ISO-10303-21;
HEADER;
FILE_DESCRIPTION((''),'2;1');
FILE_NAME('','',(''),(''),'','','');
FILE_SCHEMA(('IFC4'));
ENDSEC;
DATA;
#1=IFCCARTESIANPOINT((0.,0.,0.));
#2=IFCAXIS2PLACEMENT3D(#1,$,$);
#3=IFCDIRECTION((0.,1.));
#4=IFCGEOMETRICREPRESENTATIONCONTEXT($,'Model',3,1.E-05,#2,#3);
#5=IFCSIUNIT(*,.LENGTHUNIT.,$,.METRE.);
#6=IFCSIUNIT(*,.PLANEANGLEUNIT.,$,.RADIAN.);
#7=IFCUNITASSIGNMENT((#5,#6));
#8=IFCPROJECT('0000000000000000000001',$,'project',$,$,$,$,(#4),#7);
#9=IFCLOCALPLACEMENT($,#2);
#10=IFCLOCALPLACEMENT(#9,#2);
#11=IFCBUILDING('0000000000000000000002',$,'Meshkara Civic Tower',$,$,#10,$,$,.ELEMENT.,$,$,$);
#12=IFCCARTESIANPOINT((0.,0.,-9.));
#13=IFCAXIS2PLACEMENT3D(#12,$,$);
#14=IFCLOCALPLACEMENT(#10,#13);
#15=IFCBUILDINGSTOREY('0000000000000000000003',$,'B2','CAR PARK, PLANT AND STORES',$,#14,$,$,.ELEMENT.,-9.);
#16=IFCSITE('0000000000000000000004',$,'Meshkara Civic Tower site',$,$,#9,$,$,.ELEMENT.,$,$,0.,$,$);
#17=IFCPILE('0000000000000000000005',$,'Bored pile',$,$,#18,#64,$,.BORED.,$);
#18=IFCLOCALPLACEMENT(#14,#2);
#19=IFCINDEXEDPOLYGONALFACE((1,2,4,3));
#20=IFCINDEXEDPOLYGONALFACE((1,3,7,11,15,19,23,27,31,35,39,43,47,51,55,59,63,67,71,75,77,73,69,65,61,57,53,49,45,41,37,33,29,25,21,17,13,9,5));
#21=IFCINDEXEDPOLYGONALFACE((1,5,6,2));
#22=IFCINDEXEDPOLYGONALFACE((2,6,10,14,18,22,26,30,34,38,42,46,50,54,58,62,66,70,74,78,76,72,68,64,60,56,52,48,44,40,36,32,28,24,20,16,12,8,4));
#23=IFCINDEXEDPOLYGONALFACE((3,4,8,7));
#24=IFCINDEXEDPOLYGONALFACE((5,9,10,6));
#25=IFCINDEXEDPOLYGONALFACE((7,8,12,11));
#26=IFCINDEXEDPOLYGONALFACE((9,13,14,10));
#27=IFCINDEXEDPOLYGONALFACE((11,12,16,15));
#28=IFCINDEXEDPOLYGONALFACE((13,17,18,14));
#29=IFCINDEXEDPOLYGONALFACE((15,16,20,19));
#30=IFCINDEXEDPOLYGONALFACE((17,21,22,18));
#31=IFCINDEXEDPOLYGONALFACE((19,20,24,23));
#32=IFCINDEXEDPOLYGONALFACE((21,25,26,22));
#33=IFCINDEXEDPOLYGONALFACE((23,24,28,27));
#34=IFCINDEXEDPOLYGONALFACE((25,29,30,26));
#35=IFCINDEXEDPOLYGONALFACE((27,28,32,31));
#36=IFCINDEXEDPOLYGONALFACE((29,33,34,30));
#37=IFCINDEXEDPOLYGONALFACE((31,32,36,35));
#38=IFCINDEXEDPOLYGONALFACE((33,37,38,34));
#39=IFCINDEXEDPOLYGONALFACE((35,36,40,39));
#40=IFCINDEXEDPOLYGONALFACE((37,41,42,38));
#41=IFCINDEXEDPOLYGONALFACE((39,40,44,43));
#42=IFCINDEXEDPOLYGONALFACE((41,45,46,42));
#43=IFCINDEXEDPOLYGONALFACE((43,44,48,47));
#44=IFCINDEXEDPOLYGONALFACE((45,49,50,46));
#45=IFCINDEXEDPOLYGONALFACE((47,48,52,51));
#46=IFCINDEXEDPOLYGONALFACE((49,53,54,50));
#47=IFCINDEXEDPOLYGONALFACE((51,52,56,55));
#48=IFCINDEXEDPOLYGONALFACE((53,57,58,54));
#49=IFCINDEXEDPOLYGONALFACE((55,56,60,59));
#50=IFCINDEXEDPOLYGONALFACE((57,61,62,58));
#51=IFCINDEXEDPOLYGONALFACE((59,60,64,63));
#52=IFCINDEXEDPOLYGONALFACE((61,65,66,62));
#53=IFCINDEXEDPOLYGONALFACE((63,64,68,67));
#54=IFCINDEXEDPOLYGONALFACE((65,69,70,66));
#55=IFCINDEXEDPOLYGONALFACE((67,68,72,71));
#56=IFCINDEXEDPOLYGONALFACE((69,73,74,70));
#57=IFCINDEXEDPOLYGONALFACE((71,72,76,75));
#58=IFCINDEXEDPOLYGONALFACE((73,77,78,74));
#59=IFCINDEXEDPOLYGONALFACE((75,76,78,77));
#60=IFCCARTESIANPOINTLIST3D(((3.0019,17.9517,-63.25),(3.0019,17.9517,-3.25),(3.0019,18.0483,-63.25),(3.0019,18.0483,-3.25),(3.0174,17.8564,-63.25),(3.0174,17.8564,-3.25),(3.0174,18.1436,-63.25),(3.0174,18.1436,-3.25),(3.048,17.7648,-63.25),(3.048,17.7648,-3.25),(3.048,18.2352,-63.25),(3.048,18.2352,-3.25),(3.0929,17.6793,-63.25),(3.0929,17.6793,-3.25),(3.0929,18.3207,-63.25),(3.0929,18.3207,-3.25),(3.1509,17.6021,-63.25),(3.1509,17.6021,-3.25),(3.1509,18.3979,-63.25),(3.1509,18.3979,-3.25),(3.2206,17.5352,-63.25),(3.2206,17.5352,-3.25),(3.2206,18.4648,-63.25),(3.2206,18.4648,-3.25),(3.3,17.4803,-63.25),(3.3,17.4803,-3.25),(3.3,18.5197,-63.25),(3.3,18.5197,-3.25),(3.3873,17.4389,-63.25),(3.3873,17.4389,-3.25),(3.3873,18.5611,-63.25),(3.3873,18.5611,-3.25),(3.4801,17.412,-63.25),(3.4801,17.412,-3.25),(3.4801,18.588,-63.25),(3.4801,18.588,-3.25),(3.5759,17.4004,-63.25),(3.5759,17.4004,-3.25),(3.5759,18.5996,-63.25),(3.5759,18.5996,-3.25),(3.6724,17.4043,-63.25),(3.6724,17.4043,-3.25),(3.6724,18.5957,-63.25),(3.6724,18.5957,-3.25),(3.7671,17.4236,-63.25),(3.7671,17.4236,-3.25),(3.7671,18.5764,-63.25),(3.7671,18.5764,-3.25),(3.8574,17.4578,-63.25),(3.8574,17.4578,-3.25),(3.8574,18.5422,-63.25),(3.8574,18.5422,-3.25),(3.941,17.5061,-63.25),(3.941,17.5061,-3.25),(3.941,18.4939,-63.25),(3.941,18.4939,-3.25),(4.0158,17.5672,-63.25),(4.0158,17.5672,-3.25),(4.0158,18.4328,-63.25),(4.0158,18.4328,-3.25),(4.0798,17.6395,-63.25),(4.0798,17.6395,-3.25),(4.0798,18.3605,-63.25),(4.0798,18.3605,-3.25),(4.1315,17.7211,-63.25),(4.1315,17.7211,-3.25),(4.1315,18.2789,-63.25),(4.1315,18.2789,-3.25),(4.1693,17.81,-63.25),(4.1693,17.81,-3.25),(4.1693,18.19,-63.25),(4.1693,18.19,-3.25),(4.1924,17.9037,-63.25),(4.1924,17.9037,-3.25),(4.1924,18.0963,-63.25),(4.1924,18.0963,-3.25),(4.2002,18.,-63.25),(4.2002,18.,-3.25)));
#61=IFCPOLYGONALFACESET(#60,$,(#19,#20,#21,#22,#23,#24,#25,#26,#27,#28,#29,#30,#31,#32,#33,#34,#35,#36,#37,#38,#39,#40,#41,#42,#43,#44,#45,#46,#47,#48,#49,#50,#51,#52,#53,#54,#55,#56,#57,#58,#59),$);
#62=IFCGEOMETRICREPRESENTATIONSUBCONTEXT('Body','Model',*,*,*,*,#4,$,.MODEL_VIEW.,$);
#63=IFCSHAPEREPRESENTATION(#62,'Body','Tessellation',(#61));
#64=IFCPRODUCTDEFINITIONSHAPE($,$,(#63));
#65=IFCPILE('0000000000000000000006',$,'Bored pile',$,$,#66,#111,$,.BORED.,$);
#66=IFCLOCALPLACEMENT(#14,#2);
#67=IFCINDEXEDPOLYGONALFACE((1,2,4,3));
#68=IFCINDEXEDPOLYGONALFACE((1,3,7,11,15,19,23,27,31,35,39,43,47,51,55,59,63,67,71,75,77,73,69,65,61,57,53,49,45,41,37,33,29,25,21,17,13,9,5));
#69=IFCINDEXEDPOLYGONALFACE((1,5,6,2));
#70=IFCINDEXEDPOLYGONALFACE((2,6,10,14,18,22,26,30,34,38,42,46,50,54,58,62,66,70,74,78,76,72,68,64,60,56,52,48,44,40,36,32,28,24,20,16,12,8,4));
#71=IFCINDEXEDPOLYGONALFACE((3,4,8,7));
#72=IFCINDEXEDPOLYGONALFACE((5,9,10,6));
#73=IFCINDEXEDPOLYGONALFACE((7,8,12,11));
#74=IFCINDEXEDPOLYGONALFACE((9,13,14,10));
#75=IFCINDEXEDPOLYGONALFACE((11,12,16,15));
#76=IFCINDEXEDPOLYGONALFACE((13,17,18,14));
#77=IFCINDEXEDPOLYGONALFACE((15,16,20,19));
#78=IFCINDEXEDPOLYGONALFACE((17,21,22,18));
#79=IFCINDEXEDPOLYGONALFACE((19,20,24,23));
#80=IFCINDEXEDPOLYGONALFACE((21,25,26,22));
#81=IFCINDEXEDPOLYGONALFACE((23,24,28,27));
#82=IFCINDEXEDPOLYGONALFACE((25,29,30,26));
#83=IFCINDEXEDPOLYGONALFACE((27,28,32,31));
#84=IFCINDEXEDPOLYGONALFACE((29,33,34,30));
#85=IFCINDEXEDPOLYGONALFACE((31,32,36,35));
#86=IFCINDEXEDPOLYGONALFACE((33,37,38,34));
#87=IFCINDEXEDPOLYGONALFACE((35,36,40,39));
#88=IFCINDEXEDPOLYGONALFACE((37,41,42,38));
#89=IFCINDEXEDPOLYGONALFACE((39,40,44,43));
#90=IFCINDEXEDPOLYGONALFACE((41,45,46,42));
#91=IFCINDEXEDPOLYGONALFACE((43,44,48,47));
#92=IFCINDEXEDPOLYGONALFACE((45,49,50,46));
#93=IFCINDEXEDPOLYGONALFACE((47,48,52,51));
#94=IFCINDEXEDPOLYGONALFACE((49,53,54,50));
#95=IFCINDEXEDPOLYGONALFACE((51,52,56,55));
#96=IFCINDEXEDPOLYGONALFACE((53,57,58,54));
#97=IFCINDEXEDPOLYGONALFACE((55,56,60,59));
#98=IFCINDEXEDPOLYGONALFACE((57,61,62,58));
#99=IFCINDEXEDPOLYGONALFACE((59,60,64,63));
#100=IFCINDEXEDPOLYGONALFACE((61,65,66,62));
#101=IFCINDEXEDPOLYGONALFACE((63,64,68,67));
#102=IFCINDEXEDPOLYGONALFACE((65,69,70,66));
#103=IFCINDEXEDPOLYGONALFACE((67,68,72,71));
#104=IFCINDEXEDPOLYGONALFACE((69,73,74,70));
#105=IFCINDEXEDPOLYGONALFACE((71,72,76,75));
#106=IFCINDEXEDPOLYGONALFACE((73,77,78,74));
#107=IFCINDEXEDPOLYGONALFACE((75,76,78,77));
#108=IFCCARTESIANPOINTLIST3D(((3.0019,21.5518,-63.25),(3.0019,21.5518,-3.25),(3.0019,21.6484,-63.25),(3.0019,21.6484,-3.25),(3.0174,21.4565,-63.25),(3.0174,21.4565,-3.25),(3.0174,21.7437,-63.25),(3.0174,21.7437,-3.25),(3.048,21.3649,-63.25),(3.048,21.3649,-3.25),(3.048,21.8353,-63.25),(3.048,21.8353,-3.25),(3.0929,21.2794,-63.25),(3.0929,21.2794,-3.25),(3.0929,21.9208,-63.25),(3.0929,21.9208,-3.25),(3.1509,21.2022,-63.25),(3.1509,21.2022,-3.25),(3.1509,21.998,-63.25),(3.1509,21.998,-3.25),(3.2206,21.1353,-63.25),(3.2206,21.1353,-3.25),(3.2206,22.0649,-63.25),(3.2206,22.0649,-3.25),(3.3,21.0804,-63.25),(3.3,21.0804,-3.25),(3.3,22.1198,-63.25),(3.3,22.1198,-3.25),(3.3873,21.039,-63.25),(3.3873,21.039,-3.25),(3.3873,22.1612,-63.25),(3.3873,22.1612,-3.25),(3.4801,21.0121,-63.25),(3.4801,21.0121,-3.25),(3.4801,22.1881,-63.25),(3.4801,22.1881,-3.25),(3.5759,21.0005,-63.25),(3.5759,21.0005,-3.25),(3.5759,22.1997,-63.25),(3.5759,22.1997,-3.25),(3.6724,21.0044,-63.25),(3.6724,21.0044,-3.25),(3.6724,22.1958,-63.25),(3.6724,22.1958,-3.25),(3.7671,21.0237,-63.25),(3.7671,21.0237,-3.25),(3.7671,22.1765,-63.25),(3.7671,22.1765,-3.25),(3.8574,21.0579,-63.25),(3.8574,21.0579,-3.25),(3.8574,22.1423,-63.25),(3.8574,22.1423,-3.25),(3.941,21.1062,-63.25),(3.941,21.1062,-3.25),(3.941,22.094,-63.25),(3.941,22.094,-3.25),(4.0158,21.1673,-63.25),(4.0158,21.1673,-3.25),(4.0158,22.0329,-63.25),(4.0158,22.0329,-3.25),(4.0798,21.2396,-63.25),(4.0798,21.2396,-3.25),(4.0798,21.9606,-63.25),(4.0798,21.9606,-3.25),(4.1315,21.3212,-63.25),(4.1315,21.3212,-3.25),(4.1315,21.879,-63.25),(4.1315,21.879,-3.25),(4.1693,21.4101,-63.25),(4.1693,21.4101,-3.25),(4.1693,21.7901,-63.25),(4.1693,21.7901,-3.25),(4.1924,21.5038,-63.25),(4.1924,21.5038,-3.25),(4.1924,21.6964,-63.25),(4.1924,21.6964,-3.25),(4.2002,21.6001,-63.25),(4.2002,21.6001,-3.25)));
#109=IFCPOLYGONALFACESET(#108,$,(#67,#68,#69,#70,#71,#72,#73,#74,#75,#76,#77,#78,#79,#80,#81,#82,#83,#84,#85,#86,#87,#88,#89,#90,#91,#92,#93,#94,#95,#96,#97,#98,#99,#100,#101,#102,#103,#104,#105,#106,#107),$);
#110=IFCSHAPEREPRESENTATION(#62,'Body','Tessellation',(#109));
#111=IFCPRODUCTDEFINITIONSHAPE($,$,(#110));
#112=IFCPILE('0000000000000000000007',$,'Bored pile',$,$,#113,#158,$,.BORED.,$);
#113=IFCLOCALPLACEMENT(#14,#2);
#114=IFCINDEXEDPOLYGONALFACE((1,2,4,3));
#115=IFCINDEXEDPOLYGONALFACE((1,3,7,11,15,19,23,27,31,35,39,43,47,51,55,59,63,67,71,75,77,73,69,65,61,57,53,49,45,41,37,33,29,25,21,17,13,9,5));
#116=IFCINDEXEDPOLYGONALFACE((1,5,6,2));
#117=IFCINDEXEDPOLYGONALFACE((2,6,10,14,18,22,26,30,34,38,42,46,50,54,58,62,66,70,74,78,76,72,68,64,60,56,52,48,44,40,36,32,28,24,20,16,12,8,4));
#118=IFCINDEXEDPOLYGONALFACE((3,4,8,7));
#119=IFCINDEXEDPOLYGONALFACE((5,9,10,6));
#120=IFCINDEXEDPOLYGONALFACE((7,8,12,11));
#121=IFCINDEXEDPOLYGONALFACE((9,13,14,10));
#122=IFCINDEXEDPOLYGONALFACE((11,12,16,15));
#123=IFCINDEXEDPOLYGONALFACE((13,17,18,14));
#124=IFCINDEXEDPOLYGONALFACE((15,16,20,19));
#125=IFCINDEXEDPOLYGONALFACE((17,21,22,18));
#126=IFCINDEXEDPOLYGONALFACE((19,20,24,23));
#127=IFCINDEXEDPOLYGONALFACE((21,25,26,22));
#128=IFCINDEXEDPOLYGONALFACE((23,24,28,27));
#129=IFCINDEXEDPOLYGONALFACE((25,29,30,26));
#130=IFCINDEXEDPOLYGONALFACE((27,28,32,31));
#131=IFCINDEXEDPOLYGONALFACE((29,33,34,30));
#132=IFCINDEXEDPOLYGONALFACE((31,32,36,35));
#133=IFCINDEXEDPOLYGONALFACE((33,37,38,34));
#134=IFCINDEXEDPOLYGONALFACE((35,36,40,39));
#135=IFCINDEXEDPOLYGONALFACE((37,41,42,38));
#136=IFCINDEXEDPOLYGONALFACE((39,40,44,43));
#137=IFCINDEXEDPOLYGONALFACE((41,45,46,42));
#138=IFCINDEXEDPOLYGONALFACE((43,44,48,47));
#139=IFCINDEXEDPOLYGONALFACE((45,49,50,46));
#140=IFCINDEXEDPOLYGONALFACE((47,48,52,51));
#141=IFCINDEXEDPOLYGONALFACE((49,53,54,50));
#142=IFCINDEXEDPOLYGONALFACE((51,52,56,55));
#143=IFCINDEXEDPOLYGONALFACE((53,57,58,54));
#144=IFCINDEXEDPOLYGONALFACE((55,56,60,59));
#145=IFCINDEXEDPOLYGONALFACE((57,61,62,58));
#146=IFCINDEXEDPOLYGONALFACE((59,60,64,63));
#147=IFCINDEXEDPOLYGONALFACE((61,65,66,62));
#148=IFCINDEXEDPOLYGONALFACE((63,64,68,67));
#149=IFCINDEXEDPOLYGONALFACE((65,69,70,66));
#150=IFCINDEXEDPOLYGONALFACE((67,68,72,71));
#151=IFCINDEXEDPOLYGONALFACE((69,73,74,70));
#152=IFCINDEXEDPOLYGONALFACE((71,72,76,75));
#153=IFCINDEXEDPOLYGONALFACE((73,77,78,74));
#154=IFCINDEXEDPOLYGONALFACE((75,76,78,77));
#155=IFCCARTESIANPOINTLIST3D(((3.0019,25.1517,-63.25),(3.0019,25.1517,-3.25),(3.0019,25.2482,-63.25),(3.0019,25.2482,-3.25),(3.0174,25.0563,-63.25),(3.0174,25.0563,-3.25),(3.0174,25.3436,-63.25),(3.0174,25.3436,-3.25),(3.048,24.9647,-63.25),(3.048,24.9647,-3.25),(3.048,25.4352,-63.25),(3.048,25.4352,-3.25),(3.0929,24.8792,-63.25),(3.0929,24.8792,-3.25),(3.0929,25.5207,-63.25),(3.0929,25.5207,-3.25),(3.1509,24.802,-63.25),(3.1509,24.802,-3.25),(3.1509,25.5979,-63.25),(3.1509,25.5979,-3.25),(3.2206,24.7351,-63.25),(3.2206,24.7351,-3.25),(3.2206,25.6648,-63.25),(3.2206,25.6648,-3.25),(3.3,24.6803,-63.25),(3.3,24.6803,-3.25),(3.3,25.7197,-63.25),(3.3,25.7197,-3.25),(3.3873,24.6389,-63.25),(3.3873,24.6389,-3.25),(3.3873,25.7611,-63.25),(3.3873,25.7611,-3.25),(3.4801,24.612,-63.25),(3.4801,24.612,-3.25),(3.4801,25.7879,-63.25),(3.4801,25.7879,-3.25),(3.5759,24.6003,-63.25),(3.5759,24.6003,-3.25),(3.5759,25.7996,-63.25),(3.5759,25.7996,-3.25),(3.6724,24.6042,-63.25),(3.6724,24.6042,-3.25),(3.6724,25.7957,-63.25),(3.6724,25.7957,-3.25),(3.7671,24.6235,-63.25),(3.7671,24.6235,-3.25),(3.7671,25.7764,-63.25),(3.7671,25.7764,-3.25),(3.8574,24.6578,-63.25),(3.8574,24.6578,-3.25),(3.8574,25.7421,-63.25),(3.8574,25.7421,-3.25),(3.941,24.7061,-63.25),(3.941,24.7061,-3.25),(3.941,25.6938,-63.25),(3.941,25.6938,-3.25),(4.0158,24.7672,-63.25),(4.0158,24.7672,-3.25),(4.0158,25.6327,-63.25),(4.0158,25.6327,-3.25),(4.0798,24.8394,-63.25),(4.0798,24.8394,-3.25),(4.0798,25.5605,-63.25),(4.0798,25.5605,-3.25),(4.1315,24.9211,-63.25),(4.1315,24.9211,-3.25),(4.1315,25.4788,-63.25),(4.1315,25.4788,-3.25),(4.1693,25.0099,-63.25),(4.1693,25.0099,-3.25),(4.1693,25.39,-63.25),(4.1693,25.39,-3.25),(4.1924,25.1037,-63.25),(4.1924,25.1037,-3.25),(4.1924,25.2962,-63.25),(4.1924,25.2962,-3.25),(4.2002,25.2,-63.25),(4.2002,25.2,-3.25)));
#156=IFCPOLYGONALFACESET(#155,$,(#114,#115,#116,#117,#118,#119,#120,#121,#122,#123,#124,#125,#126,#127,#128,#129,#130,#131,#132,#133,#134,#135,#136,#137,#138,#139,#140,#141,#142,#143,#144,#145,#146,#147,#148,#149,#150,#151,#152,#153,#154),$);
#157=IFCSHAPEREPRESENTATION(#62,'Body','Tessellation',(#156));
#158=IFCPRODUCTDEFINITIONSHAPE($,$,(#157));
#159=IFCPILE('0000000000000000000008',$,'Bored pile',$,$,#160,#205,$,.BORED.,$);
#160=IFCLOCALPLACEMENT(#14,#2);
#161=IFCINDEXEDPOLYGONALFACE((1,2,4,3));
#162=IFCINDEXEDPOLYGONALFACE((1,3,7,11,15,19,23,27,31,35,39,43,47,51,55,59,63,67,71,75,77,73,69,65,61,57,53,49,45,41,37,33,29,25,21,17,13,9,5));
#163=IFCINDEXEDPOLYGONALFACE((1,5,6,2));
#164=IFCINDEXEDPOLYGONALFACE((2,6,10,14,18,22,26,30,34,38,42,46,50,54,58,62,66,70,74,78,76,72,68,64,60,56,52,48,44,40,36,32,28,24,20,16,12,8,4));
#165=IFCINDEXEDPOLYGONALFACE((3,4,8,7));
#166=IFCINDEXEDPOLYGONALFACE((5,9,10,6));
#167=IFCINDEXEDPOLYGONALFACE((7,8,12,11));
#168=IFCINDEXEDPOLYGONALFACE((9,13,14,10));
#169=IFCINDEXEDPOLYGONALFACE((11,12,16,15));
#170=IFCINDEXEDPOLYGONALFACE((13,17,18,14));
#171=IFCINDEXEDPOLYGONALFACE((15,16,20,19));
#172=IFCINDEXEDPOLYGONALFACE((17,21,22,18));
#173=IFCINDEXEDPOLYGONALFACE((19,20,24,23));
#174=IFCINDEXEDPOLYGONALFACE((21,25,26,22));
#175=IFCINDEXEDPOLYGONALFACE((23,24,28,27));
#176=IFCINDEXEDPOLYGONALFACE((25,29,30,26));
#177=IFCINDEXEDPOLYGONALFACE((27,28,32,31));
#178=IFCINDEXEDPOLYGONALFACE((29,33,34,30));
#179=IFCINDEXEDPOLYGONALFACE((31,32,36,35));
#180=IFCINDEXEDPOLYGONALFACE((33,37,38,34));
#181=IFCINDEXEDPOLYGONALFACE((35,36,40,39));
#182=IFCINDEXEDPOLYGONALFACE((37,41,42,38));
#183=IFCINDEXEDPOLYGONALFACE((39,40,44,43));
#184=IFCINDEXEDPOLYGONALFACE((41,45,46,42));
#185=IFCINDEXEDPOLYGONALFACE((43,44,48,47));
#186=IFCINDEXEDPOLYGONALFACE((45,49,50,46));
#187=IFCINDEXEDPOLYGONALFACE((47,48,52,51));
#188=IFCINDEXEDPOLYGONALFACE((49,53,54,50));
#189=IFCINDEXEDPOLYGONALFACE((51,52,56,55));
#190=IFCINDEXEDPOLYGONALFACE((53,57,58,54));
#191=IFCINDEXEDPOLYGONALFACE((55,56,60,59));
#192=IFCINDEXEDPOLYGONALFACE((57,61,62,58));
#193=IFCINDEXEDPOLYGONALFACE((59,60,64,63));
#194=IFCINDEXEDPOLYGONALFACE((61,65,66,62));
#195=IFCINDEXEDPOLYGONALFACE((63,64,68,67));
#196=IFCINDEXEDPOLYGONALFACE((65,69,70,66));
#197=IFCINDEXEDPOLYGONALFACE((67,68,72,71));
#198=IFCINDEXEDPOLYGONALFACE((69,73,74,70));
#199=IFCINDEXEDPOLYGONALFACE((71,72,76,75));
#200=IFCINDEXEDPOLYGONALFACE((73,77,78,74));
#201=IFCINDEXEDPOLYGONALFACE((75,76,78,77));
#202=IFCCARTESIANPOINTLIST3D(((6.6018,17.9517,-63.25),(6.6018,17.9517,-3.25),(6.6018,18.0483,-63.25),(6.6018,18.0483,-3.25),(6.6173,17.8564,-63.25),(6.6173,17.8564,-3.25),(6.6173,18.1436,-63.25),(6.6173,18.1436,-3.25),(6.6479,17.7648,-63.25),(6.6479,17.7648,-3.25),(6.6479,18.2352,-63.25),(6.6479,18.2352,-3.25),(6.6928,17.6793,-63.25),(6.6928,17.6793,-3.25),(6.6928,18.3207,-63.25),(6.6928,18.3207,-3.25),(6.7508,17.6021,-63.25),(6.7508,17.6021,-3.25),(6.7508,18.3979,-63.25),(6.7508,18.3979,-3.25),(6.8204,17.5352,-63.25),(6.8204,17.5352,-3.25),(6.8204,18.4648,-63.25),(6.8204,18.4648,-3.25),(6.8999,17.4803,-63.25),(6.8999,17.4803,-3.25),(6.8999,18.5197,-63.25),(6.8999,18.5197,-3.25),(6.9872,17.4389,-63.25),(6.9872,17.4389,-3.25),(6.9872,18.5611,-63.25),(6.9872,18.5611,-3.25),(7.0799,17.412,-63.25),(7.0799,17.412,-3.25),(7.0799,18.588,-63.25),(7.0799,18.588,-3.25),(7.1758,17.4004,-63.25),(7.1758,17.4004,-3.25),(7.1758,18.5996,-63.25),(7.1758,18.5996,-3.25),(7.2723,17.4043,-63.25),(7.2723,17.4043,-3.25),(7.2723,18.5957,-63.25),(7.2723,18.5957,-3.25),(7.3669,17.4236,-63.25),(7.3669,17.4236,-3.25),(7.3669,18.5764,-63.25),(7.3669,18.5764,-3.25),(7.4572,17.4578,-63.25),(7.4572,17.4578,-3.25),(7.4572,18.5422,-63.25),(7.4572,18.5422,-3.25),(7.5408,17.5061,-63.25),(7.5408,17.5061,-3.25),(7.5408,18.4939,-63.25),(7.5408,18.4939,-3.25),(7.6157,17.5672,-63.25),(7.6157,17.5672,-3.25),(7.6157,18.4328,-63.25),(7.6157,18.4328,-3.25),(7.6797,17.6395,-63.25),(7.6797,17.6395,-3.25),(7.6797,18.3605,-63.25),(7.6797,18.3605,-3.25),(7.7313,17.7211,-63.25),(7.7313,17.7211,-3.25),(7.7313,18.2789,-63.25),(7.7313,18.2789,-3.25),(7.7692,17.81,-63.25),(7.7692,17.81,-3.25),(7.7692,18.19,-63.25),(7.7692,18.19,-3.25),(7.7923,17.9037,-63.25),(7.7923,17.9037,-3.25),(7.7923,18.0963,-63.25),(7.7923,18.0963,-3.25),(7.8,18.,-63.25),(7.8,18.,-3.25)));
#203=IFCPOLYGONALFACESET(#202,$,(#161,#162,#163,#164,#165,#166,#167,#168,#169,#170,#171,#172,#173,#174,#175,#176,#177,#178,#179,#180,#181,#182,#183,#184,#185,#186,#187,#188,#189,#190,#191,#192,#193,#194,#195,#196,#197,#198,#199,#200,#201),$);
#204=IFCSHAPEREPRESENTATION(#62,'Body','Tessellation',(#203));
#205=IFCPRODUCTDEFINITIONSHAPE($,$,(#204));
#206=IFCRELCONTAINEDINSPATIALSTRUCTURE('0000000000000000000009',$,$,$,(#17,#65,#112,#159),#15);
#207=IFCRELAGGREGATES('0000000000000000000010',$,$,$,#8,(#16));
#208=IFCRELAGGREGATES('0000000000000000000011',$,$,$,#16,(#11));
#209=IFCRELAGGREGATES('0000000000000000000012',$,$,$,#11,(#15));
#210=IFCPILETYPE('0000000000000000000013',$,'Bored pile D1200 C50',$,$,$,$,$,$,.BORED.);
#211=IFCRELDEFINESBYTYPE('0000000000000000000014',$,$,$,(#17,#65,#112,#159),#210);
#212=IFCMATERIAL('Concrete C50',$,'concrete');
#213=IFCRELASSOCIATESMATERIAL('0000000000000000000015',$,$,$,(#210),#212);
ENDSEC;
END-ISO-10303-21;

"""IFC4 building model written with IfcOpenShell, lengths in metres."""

from ifc_helpers import new_model, si_unit, direction, frame, origin, origin_2d, place, context, subcontext, project, spatial, circle, extrude, material, material_profile, profile_set, type_object, element, save


model = new_model("IFC4")

# Units and contexts
model_context = context("Model", 3, precision=1e-05, world=origin(), true_north=direction((0.0, 1.0)))
body_context = subcontext(model_context, "Body", "Model", "MODEL_VIEW")
ifc_project = project(units=[si_unit("LENGTHUNIT", "METRE"), si_unit("PLANEANGLEUNIT", "RADIAN")], contexts=[model_context])

# Site, building, storey
site_placement = place(None, origin())
site = spatial("IfcSite", under=ifc_project, at=site_placement, Name="Meshkara Civic Tower site", CompositionType="ELEMENT", RefElevation=0.0)
building_placement = place(site_placement, origin())
building = spatial("IfcBuilding", under=site, at=building_placement, Name="Meshkara Civic Tower", CompositionType="ELEMENT")
storey_placement = place(building_placement, frame((0.0, 0.0, -9.0)))
storey = spatial("IfcBuildingStorey", under=building, at=storey_placement, Name="B2", Description="CAR PARK, PLANT AND STORES", CompositionType="ELEMENT", Elevation=-9.0)

# Piles
ifc_material_1 = material(Name="Concrete C50", Category="concrete")
ifc_material_profile = material_profile(ifc_material_1, circle(Radius=0.6001, at=origin_2d()))
ifc_profile_set = profile_set([ifc_material_profile], Name="Concrete C50")
pile_type = type_object("IfcPileType", Name="Bored pile D1200 C50", PredefinedType="BORED", material=ifc_profile_set)
for number, where, z_axis, x_axis, name in (
    (1, (3.6001, 18.0, -3.25), (0.0, 0.0, -1.0), (1.0, 0.0, 0.0), "Bored pile"),
    (2, (3.6001, 21.6001, -3.25), (0.0, 0.0, -1.0), (1.0, 0.0, 0.0), "Bored pile"),
    (3, (3.6001, 25.2, -3.25), (0.0, 0.0, -1.0), (1.0, 0.0, 0.0), "Bored pile"),
    (4, (7.2, 18.0, -3.25), (0.0, 0.0, -1.0), (1.0, 0.0, 0.0), "Bored pile"),
):
    element("IfcPile", number, at=place(storey_placement, frame(where, z_axis=z_axis, x_axis=x_axis)), inside=storey, type_object=pile_type, Name=name, PredefinedType="BORED", context=body_context, shape_type="SweptSolid", body=[
        extrude(circle(Radius=0.6001, at=origin_2d()), origin(), (0.0, 0.0, 1.0), 60.0),
    ])

save(model, "model.ifc")
